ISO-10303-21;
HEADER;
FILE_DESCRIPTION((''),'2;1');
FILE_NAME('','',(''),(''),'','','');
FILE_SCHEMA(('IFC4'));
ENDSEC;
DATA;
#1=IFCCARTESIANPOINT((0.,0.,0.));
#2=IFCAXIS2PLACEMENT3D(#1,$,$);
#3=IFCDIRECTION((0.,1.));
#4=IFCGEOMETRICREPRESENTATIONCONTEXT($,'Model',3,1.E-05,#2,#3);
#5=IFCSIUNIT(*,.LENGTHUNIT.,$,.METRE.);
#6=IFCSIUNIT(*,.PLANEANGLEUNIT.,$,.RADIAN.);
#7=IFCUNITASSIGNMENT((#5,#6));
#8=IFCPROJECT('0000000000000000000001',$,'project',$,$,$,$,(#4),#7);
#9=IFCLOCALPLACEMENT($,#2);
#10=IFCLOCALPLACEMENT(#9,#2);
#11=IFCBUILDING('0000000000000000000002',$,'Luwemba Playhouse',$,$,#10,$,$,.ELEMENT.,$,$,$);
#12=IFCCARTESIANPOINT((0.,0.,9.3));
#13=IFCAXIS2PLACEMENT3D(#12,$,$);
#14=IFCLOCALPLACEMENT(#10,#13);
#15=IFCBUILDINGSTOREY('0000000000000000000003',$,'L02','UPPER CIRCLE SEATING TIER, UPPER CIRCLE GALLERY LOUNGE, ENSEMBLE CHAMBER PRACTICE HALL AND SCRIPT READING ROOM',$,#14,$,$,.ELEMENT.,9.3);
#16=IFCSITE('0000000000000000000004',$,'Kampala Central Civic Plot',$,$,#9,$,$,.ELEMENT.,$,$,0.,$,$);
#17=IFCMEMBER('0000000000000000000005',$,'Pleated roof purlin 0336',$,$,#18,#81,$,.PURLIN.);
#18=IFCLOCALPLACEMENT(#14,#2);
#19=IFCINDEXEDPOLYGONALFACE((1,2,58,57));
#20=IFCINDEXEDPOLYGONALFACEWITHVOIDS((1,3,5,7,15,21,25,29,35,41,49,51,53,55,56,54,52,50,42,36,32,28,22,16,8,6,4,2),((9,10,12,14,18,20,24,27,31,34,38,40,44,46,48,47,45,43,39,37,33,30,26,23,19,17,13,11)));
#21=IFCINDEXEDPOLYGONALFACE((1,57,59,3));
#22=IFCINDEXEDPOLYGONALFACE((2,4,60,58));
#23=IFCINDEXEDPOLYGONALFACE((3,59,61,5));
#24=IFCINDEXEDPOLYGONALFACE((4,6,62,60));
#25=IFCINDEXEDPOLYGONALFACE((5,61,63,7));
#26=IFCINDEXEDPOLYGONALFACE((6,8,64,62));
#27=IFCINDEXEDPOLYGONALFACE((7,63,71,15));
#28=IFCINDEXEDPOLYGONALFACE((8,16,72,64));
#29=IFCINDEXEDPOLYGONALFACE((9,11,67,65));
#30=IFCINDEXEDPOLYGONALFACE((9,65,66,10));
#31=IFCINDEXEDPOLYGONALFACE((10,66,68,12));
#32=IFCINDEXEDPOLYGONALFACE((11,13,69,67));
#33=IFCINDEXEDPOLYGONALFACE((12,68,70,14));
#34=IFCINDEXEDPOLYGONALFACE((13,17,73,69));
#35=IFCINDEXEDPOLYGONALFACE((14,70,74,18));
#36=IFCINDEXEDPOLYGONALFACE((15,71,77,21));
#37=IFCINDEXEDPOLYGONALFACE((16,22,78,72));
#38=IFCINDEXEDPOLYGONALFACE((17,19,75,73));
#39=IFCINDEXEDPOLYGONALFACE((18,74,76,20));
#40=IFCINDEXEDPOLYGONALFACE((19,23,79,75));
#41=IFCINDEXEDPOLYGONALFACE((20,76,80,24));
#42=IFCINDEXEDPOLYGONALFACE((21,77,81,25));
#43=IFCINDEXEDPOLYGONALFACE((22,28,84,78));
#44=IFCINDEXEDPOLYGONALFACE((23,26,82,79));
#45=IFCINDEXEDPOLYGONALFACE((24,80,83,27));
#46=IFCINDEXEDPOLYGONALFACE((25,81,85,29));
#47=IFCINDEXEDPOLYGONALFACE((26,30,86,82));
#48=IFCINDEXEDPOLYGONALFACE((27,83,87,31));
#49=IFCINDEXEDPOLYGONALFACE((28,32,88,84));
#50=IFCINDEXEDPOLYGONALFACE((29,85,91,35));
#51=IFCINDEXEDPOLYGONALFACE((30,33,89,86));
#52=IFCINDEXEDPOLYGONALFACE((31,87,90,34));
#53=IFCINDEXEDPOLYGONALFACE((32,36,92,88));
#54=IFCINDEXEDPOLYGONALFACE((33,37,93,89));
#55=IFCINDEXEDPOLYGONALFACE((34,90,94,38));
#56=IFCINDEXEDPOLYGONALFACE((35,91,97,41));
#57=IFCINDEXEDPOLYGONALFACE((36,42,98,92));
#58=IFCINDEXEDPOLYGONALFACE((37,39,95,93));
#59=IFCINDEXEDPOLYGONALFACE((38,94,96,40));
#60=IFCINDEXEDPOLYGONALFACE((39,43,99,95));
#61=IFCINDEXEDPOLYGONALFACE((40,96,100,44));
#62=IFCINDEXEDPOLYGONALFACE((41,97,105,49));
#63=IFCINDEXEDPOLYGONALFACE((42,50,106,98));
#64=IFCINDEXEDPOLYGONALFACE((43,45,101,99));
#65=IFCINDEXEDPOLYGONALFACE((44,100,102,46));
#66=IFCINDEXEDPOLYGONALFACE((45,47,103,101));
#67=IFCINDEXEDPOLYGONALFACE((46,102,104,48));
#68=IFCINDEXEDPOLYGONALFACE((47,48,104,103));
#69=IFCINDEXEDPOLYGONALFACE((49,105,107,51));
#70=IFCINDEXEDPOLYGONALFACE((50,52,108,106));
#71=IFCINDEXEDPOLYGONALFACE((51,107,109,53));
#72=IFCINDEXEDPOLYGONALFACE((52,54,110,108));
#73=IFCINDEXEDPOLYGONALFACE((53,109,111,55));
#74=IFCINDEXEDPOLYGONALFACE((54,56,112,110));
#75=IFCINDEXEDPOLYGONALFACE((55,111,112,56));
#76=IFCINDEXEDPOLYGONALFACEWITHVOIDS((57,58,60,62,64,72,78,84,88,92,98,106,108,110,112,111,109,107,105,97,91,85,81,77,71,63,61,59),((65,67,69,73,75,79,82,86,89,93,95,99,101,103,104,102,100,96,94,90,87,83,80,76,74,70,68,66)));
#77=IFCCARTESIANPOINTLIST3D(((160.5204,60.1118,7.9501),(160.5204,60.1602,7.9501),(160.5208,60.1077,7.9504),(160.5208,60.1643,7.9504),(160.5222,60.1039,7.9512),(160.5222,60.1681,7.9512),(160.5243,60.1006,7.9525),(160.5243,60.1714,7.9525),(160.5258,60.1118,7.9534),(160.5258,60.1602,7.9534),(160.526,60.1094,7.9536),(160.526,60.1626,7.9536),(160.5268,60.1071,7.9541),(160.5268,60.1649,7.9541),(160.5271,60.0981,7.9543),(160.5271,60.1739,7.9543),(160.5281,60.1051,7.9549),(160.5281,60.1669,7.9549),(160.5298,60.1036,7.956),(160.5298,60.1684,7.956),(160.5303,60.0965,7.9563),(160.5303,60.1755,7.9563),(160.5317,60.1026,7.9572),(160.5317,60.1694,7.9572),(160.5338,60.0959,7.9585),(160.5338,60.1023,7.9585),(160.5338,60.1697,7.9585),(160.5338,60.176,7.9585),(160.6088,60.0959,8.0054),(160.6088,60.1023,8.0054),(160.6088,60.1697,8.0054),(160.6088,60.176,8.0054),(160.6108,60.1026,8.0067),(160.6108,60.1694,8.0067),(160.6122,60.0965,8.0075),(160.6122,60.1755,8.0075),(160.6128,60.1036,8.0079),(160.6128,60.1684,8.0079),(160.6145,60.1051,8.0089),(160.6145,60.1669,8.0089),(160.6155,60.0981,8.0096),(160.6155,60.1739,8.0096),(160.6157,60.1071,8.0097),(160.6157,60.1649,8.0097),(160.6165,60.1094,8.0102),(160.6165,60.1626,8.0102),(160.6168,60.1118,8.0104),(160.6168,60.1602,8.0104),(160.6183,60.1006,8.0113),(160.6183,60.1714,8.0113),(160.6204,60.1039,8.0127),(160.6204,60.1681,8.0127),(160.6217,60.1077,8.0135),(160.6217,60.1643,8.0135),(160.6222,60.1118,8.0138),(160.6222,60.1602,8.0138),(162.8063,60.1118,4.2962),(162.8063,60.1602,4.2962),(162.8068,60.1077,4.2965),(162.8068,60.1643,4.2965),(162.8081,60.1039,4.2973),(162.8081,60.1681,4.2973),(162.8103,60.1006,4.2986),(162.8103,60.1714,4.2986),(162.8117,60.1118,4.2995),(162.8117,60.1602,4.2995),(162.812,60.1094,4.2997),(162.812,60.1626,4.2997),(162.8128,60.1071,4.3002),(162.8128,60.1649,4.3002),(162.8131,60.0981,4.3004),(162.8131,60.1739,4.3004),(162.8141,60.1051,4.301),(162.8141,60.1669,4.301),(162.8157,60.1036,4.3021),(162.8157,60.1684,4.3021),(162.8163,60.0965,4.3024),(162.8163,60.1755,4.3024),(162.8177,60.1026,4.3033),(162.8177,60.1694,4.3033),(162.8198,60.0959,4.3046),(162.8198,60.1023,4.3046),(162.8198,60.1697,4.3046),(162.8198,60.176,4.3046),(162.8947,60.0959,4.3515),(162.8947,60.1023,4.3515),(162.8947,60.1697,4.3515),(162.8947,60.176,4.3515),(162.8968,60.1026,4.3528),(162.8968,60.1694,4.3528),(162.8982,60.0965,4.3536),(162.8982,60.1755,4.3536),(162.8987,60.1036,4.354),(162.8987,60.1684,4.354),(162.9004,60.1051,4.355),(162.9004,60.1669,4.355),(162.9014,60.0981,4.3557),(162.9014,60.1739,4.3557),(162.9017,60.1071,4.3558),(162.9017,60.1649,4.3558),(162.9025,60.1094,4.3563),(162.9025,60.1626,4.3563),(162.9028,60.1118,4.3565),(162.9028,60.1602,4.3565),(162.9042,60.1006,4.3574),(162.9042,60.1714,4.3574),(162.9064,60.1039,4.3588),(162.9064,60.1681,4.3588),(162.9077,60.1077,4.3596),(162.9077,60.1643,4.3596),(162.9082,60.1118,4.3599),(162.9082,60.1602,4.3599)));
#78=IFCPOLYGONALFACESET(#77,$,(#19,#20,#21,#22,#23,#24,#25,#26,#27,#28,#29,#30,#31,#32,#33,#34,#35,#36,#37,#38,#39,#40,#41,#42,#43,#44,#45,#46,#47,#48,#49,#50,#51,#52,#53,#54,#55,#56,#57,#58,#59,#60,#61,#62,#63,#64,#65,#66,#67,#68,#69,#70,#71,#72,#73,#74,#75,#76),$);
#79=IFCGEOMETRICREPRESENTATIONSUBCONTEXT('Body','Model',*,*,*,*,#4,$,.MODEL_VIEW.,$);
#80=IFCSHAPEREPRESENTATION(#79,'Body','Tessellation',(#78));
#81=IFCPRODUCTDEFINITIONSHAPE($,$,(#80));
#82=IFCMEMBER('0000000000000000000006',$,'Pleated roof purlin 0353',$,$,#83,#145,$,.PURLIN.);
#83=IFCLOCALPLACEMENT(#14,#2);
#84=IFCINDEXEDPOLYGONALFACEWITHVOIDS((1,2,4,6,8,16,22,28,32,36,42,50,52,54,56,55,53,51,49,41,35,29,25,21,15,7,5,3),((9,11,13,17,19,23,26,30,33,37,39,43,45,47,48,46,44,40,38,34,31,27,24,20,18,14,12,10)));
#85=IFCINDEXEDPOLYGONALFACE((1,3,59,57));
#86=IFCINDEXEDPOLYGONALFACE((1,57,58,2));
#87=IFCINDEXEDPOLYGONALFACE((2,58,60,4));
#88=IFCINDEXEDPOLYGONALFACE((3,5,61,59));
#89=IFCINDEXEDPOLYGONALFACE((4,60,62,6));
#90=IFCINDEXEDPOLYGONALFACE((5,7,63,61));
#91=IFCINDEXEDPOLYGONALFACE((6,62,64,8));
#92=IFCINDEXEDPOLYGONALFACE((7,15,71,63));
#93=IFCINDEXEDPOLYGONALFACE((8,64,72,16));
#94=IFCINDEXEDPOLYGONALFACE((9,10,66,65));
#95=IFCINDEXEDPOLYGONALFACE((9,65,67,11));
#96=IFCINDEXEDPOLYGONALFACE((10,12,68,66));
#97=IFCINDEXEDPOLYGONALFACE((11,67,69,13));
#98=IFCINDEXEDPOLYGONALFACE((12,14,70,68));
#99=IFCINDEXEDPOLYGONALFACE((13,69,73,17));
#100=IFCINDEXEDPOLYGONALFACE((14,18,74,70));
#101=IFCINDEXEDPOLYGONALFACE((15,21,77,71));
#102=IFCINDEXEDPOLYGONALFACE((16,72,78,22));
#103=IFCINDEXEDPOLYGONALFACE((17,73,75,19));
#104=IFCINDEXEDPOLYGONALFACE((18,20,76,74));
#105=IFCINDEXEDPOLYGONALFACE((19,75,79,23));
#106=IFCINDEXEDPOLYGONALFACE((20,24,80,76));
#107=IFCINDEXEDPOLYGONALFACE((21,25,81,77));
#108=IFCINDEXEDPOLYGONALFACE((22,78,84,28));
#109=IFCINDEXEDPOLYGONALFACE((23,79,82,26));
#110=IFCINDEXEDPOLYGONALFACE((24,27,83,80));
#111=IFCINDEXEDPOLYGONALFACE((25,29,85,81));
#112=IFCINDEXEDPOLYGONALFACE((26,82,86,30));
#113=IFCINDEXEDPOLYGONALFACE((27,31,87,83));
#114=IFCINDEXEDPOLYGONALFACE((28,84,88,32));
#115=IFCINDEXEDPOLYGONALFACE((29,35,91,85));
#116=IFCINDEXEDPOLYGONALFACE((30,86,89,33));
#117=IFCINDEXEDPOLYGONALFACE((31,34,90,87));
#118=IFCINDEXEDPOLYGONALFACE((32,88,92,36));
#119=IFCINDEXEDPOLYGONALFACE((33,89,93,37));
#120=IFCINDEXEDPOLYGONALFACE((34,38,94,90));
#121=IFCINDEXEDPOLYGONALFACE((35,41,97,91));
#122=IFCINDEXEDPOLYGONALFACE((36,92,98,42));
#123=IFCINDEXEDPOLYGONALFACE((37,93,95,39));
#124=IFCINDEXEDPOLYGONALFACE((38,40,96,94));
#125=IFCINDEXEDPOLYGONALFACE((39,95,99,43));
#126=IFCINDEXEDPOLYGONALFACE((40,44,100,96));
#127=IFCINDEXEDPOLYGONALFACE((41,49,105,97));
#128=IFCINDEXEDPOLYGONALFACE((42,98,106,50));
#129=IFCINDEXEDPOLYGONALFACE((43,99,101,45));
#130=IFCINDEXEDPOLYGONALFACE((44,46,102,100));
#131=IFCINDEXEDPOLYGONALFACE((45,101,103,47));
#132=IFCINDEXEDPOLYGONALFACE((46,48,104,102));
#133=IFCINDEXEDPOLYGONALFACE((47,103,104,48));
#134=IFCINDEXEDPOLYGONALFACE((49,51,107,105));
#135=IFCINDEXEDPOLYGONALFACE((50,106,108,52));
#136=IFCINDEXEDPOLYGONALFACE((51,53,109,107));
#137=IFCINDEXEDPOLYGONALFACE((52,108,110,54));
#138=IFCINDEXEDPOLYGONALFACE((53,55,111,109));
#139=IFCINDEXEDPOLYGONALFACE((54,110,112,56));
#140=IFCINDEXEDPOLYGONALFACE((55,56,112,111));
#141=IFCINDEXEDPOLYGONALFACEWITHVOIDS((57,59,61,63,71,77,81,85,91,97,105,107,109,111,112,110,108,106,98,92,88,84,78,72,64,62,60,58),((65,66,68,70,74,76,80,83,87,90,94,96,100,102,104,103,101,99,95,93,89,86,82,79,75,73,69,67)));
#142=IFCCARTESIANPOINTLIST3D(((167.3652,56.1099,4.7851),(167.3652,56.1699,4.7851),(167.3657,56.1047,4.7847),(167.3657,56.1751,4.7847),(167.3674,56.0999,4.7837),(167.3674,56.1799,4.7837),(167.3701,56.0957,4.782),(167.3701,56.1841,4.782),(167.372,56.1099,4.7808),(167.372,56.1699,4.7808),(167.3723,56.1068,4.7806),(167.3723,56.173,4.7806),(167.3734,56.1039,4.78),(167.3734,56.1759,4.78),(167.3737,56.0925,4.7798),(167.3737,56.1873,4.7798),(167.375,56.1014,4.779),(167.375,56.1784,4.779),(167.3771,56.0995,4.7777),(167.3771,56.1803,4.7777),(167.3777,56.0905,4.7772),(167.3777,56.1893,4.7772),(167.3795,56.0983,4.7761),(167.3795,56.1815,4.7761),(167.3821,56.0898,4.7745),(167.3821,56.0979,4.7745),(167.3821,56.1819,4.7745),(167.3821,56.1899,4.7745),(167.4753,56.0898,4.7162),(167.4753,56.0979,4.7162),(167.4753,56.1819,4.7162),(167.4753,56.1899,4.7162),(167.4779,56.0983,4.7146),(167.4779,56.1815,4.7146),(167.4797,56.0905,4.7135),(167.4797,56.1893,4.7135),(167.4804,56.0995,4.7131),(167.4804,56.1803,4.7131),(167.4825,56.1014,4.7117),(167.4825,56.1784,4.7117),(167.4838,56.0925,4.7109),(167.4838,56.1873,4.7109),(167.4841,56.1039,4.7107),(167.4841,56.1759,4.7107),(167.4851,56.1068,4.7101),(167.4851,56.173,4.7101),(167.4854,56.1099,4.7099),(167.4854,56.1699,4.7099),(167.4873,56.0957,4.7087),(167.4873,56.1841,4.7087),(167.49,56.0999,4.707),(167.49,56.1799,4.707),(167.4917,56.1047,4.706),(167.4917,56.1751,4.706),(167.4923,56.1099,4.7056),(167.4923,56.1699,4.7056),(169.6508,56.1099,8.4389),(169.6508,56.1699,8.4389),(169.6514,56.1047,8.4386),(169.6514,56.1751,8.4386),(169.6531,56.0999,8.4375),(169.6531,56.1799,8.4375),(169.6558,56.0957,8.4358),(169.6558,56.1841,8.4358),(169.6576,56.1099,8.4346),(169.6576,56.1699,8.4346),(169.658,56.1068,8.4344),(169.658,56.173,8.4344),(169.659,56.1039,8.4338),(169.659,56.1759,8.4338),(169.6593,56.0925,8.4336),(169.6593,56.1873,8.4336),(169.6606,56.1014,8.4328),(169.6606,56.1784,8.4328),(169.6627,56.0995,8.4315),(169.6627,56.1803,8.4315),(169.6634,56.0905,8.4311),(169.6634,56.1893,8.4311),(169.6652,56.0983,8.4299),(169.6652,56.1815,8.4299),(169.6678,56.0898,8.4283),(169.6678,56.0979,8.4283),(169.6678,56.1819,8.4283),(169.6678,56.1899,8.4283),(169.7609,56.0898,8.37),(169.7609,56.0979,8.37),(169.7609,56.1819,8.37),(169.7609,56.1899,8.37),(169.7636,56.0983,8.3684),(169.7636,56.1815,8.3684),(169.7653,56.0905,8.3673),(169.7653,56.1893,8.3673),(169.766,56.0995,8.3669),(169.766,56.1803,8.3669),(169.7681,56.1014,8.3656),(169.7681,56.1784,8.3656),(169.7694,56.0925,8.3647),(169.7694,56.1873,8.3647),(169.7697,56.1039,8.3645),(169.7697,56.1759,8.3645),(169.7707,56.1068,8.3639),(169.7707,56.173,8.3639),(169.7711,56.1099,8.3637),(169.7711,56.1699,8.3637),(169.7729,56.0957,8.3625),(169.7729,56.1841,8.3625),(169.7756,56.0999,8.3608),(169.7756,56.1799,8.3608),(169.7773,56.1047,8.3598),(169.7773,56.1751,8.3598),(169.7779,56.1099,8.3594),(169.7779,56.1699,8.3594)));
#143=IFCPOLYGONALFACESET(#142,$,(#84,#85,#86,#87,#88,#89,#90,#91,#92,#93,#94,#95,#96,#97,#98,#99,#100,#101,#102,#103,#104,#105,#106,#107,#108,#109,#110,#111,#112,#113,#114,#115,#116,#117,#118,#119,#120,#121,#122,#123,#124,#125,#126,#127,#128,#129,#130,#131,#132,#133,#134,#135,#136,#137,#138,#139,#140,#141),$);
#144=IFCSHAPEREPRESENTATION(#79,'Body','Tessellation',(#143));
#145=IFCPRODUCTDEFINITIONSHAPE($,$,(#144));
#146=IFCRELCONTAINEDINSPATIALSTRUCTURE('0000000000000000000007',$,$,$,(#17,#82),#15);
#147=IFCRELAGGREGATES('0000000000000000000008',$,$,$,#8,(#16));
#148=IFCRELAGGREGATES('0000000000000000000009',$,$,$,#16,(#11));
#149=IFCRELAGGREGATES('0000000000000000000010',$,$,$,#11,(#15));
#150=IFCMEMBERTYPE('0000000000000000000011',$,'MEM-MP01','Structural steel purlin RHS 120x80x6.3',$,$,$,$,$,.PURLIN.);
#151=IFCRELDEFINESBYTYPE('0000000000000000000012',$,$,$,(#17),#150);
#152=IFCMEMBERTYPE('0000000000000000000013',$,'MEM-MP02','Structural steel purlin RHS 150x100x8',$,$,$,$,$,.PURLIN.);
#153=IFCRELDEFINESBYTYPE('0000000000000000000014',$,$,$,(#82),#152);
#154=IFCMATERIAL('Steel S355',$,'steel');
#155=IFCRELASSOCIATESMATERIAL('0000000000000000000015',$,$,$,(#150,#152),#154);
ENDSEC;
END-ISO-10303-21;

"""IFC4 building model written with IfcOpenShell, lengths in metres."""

from ifc_helpers import new_model, si_unit, direction, frame, origin, origin_2d, place, context, subcontext, project, spatial, hollow_rectangle, extrude, material, material_profile, profile_set, type_object, element, save


model = new_model("IFC4")

# Units and contexts
model_context = context("Model", 3, precision=1e-05, world=origin(), true_north=direction((0.0, 1.0)))
body_context = subcontext(model_context, "Body", "Model", "MODEL_VIEW")
ifc_project = project(units=[si_unit("LENGTHUNIT", "METRE"), si_unit("PLANEANGLEUNIT", "RADIAN")], contexts=[model_context])

# Site, building, storey
site_placement = place(None, origin())
site = spatial("IfcSite", under=ifc_project, at=site_placement, Name="Kampala Central Civic Plot", CompositionType="ELEMENT", RefElevation=0.0)
building_placement = place(site_placement, origin())
building = spatial("IfcBuilding", under=site, at=building_placement, Name="Luwemba Playhouse", CompositionType="ELEMENT")
storey_placement = place(building_placement, frame((0.0, 0.0, 9.3)))
storey = spatial("IfcBuildingStorey", under=building, at=storey_placement, Name="L02", Description="UPPER CIRCLE SEATING TIER, UPPER CIRCLE GALLERY LOUNGE, ENSEMBLE CHAMBER PRACTICE HALL AND SCRIPT READING ROOM", CompositionType="ELEMENT", Elevation=9.3)

# Shared definitions
ifc_material_1 = material(Name="Steel S355", Category="steel")

# Members
ifc_material_profile_1 = material_profile(ifc_material_1, hollow_rectangle(XDim=0.0801, YDim=0.1201, WallThickness=0.0063, InnerFilletRadius=0.0095, OuterFilletRadius=0.0159, at=origin_2d()))
ifc_profile_set_1 = profile_set([ifc_material_profile_1], Name="Steel S355")
member_type_1 = type_object("IfcMemberType", Name="MEM-MP01", Description="Structural steel purlin RHS 120x80x6.3", PredefinedType="PURLIN", material=ifc_profile_set_1)
member_1_placement = place(storey_placement, frame((160.5713, 60.136, 7.9819), z_axis=(0.530376, 0.0, -0.847763), x_axis=(0.0, 1.0, 0.0)))
element("IfcMember", 1, at=member_1_placement, inside=storey, type_object=member_type_1, Name="Pleated roof purlin 0336", PredefinedType="PURLIN", context=body_context, shape_type="SweptSolid", body=[
    extrude(hollow_rectangle(XDim=0.0801, YDim=0.1201, WallThickness=0.0063, InnerFilletRadius=0.0095, OuterFilletRadius=0.0159, at=origin_2d()), origin(), (0.0, 0.0, 1.0), 4.3101),
])
ifc_material_profile_2 = material_profile(ifc_material_1, hollow_rectangle(XDim=0.1001, YDim=0.1499, WallThickness=0.0081, InnerFilletRadius=0.012, OuterFilletRadius=0.02, at=origin_2d()))
ifc_profile_set_2 = profile_set([ifc_material_profile_2], Name="Steel S355")
member_type_2 = type_object("IfcMemberType", Name="MEM-MP02", Description="Structural steel purlin RHS 150x100x8", PredefinedType="PURLIN", material=ifc_profile_set_2)
member_2_placement = place(storey_placement, frame((167.4287, 56.1399, 4.7454), z_axis=(0.530335, 0.0, 0.847788), x_axis=(0.0, 1.0, 0.0)))
element("IfcMember", 2, at=member_2_placement, inside=storey, type_object=member_type_2, Name="Pleated roof purlin 0353", PredefinedType="PURLIN", context=body_context, shape_type="SweptSolid", body=[
    extrude(hollow_rectangle(XDim=0.1001, YDim=0.1499, WallThickness=0.0081, InnerFilletRadius=0.012, OuterFilletRadius=0.02, at=origin_2d()), origin(), (0.0, 0.0, 1.0), 4.3098),
])

save(model, "model.ifc")
